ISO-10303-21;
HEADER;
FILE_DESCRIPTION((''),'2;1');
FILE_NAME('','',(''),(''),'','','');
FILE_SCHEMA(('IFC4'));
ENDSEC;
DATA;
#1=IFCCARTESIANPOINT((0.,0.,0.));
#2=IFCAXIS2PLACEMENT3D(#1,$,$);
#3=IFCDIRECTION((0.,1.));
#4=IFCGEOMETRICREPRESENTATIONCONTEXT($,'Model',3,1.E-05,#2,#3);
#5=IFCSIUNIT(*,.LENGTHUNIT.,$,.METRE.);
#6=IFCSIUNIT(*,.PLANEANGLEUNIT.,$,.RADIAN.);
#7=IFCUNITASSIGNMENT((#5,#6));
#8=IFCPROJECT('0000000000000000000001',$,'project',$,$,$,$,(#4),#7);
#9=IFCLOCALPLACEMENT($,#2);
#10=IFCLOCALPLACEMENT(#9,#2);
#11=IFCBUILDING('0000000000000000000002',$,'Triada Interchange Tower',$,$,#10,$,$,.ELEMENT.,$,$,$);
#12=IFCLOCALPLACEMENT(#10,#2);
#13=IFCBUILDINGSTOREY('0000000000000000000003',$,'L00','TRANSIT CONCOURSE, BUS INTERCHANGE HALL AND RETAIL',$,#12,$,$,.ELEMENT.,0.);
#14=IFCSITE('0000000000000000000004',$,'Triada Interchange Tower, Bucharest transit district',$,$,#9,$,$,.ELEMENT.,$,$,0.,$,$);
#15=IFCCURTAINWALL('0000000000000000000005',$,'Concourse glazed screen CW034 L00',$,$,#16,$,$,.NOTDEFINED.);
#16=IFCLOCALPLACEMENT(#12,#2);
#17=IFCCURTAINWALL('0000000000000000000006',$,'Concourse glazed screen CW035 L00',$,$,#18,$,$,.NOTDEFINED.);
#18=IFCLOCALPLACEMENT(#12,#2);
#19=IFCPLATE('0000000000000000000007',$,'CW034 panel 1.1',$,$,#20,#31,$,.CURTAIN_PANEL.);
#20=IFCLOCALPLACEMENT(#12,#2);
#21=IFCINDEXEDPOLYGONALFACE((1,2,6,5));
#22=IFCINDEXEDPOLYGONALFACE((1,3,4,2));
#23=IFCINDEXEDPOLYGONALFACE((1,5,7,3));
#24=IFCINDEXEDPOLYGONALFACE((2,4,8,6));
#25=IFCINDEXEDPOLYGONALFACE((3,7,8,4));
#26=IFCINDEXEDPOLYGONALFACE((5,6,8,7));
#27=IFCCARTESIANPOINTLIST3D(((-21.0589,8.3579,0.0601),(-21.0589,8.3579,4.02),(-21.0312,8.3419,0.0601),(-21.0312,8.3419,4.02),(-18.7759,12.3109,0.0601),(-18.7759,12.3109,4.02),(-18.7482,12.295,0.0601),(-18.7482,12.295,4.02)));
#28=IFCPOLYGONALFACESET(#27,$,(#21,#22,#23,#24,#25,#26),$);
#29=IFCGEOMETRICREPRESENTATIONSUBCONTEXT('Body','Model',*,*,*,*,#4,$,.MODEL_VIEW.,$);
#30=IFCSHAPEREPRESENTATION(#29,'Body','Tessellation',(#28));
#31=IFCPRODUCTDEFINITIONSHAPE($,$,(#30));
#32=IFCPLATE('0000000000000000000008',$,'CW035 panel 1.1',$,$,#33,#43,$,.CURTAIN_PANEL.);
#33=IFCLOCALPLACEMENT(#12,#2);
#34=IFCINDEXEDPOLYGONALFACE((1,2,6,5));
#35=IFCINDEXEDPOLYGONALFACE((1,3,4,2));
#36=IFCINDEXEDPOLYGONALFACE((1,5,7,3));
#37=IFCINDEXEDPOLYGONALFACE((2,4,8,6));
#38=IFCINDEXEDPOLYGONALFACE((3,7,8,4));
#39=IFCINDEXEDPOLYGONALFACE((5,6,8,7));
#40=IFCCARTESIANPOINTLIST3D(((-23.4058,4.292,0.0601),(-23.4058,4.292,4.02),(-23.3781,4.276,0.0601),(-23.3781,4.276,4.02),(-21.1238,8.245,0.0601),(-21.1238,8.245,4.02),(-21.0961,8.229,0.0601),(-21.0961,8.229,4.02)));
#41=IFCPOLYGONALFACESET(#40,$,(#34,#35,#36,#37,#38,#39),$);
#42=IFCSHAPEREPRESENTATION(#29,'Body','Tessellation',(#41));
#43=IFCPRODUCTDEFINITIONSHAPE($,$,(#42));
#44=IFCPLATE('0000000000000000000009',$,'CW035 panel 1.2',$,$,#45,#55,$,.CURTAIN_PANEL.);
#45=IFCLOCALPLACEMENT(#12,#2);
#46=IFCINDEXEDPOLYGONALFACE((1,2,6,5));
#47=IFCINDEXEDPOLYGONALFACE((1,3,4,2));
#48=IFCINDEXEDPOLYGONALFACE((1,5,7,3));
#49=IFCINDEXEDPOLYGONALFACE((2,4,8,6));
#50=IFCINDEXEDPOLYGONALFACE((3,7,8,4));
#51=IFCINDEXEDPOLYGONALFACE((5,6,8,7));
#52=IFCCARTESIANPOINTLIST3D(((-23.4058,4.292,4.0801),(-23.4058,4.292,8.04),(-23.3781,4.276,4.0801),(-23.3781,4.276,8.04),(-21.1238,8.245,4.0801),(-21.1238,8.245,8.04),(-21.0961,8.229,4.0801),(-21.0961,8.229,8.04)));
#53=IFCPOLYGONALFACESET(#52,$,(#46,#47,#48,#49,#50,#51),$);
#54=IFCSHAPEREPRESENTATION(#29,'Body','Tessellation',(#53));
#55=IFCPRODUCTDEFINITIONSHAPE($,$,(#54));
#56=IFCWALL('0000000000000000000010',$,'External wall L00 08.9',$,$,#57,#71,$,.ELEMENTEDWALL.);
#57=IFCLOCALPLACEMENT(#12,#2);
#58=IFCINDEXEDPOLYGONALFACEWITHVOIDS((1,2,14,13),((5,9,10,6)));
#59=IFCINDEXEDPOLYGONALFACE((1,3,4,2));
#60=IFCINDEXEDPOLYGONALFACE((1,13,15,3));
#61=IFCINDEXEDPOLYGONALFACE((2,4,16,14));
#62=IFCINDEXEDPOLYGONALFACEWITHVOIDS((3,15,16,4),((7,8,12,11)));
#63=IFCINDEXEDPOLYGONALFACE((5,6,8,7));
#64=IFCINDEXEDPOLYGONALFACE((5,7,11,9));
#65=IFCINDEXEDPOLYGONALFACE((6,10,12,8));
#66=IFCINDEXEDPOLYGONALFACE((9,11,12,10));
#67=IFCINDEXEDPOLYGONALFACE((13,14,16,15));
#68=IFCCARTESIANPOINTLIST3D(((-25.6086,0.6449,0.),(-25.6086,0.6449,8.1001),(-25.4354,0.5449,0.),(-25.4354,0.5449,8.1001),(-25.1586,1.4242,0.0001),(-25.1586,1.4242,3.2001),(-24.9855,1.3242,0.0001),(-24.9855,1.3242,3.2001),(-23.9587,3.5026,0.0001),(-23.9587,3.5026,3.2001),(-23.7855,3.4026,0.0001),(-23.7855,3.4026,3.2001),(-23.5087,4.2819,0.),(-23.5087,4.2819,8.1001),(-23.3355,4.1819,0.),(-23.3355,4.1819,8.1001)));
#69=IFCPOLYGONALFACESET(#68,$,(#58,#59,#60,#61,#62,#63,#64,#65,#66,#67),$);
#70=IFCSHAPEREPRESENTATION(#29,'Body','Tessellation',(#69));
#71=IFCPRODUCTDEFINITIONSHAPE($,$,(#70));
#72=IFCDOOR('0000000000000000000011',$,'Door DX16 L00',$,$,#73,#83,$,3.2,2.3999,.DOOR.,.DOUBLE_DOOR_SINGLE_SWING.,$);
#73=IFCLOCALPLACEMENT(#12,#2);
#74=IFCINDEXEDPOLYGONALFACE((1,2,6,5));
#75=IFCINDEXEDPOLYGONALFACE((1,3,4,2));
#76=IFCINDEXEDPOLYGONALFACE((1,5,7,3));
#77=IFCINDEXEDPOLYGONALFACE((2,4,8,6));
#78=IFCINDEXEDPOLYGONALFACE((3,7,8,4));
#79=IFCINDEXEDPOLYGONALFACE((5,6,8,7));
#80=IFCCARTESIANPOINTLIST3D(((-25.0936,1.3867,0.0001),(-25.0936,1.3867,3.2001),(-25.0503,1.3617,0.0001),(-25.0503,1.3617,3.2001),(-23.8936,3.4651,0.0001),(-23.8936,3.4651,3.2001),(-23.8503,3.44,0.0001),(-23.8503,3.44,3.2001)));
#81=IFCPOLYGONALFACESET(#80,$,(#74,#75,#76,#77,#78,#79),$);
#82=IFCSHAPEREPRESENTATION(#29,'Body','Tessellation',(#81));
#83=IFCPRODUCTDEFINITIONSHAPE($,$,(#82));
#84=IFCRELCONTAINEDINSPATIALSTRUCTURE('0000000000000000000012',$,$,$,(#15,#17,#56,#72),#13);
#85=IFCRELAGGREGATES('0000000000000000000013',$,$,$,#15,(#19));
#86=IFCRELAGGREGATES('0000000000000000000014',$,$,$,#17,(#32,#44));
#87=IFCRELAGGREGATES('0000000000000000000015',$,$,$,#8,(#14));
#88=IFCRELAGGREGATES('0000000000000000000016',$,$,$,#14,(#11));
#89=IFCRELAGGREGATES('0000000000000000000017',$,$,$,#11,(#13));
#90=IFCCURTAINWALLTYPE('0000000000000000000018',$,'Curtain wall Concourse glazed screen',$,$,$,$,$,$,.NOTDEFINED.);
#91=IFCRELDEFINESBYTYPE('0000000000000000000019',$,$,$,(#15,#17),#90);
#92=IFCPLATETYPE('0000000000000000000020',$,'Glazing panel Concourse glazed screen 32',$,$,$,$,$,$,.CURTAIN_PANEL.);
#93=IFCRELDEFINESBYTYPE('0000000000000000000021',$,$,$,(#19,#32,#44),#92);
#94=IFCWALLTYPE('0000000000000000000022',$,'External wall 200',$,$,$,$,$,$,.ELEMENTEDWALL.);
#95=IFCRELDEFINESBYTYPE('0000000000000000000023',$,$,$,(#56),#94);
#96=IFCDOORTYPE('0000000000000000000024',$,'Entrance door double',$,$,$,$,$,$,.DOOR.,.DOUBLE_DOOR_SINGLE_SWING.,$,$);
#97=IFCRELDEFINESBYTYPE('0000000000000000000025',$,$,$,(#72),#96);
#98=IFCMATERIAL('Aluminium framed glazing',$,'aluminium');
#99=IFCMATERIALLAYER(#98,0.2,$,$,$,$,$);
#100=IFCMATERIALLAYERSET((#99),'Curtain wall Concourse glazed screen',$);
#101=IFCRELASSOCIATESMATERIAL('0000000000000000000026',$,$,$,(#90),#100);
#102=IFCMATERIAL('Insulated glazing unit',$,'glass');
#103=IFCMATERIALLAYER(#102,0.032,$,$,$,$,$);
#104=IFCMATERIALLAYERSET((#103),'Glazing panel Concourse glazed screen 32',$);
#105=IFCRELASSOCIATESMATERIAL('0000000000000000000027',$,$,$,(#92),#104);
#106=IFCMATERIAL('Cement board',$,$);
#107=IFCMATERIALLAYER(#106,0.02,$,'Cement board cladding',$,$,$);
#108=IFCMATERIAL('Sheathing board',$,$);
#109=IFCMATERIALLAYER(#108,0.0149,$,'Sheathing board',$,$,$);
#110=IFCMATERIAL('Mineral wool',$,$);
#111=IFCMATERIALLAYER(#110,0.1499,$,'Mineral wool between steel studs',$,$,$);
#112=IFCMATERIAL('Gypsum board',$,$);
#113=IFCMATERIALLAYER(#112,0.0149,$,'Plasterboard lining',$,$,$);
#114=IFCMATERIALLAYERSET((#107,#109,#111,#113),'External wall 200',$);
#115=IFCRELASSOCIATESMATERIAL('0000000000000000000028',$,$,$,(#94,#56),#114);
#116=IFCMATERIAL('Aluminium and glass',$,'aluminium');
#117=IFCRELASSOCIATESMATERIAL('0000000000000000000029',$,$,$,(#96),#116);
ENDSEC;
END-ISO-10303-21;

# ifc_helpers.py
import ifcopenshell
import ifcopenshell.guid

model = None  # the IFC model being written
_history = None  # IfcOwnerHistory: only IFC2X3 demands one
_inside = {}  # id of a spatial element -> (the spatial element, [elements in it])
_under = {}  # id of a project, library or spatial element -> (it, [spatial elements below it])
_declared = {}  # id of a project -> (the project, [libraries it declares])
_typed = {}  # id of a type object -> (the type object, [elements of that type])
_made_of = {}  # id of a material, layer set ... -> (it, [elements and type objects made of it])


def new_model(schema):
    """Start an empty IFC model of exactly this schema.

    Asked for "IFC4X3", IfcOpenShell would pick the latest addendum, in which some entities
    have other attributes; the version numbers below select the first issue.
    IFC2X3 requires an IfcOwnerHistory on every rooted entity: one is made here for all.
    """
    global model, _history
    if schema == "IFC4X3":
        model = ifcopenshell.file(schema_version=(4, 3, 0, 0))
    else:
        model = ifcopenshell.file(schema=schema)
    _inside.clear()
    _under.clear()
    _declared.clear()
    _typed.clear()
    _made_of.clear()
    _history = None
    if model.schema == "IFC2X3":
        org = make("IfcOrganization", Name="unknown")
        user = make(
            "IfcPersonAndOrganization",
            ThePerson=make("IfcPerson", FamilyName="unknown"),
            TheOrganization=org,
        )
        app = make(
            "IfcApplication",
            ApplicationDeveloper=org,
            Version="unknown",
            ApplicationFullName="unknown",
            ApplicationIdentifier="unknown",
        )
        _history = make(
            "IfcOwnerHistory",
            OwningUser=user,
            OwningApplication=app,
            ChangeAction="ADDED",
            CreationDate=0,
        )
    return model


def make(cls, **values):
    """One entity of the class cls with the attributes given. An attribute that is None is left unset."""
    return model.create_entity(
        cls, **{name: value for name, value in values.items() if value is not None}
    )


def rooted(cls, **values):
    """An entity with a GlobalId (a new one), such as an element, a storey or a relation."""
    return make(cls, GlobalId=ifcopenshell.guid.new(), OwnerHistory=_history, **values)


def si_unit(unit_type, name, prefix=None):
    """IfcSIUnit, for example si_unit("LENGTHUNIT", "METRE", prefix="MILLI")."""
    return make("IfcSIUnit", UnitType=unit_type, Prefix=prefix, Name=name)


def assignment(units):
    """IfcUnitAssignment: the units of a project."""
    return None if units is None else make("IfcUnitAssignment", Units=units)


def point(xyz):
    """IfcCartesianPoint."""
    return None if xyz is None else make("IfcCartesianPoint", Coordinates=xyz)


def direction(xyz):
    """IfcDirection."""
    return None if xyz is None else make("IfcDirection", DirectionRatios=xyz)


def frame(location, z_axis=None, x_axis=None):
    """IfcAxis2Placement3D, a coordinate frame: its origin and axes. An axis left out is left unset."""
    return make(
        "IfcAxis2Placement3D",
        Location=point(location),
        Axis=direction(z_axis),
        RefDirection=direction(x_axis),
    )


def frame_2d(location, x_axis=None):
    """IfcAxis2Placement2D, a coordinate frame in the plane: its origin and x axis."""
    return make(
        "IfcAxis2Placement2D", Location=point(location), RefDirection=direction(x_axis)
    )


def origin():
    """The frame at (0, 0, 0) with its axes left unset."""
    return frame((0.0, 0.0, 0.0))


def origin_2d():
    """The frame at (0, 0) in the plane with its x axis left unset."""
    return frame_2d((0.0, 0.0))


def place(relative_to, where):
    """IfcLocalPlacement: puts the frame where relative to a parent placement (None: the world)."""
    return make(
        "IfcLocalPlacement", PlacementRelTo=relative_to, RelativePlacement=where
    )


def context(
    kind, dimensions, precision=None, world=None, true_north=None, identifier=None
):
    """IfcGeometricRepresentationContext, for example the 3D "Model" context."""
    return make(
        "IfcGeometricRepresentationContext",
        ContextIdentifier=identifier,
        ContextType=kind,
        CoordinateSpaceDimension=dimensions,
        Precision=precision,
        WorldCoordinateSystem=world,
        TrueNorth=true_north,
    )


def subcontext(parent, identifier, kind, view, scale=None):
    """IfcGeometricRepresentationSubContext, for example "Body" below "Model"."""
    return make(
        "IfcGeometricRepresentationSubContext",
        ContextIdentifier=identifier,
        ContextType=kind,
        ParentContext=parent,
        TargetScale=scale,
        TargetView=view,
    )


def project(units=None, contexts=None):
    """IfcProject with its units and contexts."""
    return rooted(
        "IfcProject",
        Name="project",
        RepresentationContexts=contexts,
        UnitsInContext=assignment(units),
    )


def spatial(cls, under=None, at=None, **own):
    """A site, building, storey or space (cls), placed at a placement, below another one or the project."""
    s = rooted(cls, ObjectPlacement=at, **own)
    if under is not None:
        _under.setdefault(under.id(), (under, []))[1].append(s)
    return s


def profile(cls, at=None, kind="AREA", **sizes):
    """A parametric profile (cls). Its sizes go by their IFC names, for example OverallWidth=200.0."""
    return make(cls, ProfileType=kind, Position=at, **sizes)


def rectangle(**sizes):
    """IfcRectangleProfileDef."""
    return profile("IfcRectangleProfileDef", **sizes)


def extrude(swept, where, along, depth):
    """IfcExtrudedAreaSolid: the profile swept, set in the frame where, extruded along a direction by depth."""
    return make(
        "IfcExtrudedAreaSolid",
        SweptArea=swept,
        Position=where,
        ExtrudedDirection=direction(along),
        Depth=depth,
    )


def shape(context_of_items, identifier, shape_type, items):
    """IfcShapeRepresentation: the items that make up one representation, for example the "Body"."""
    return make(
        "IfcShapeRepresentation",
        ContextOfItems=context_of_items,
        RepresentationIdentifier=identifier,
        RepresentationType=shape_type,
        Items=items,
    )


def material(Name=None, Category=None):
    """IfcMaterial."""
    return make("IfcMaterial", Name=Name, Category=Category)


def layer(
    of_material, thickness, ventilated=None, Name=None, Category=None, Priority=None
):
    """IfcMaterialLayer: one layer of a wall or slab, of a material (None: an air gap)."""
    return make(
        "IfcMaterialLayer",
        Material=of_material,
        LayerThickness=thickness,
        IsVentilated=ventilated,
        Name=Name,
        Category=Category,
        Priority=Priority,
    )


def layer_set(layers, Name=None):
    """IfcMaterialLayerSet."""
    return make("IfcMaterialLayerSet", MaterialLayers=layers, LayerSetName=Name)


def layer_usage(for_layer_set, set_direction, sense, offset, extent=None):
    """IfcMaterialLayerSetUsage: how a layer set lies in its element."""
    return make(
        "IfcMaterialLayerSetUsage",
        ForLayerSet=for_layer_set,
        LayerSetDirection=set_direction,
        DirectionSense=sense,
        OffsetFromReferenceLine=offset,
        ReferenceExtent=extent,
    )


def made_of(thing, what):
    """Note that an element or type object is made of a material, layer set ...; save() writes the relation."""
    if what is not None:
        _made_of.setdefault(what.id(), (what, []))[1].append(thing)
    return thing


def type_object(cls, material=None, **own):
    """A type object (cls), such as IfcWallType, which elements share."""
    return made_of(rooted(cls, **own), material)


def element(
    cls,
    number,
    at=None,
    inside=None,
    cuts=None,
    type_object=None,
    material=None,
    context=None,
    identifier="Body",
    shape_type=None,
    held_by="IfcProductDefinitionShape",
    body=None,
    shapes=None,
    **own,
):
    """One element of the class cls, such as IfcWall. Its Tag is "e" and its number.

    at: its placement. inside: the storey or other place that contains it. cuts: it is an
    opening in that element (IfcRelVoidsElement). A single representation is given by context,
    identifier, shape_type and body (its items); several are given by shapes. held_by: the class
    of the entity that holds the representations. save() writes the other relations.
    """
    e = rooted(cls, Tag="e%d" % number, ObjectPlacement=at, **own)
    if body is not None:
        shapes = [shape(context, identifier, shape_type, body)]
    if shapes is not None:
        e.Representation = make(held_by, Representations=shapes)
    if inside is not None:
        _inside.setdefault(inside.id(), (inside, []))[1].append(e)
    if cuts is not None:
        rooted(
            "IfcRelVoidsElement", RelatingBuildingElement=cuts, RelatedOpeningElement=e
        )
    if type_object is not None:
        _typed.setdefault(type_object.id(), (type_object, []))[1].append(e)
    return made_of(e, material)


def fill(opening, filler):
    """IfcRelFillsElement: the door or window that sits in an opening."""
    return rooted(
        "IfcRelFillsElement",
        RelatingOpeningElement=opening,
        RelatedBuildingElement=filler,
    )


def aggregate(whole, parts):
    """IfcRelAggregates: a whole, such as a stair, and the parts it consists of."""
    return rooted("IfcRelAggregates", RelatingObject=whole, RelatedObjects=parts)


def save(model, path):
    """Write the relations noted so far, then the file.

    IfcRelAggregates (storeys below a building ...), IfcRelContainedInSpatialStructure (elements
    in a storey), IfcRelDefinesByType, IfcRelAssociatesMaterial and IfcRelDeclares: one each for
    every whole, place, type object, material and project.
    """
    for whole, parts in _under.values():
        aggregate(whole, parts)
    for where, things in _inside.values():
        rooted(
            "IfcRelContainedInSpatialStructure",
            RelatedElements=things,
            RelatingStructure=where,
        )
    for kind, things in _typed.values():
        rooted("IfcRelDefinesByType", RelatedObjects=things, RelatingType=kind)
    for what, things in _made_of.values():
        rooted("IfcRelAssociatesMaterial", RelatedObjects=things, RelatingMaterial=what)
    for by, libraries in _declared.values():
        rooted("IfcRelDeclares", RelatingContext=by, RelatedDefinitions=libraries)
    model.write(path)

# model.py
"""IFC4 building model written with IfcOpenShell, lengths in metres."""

from ifc_helpers import new_model, si_unit, direction, frame, frame_2d, origin, origin_2d, place, context, subcontext, project, spatial, rectangle, extrude, material, layer, layer_set, layer_usage, type_object, element, fill, aggregate, save


model = new_model("IFC4")

# Units and contexts
model_context = context("Model", 3, precision=1e-05, world=origin(), true_north=direction((0.0, 1.0)))
body_context = subcontext(model_context, "Body", "Model", "MODEL_VIEW")
ifc_project = project(units=[si_unit("LENGTHUNIT", "METRE"), si_unit("PLANEANGLEUNIT", "RADIAN")], contexts=[model_context])

# Site, building, storey
site_placement = place(None, origin())
site = spatial("IfcSite", under=ifc_project, at=site_placement, Name="Triada Interchange Tower, Bucharest transit district", CompositionType="ELEMENT", RefElevation=0.0)
building_placement = place(site_placement, origin())
building = spatial("IfcBuilding", under=site, at=building_placement, Name="Triada Interchange Tower", CompositionType="ELEMENT")
storey_placement = place(building_placement, origin())
storey = spatial("IfcBuildingStorey", under=building, at=storey_placement, Name="L00", Description="TRANSIT CONCOURSE, BUS INTERCHANGE HALL AND RETAIL", CompositionType="ELEMENT", Elevation=0.0)

# Curtain wall
ifc_material_1 = material(Name="Aluminium framed glazing", Category="aluminium")
ifc_layer_1 = layer(ifc_material_1, 0.2)
ifc_layer_set_1 = layer_set([ifc_layer_1], Name="Curtain wall Concourse glazed screen")
curtain_wall_type = type_object("IfcCurtainWallType", Name="Curtain wall Concourse glazed screen", PredefinedType="NOTDEFINED", material=ifc_layer_set_1)
curtain_wall_1_placement = place(storey_placement, origin())
curtain_wall_1 = element("IfcCurtainWall", 1, at=curtain_wall_1_placement, inside=storey, type_object=curtain_wall_type, Name="Concourse glazed screen CW034 L00", PredefinedType="NOTDEFINED")

# Curtain wall
curtain_wall_2_placement = place(storey_placement, origin())
curtain_wall_2 = element("IfcCurtainWall", 2, at=curtain_wall_2_placement, inside=storey, type_object=curtain_wall_type, Name="Concourse glazed screen CW035 L00", PredefinedType="NOTDEFINED")

# Plates
ifc_material_2 = material(Name="Insulated glazing unit", Category="glass")
ifc_layer_2 = layer(ifc_material_2, 0.032)
ifc_layer_set_2 = layer_set([ifc_layer_2], Name="Glazing panel Concourse glazed screen 32")
plate_type = type_object("IfcPlateType", Name="Glazing panel Concourse glazed screen 32", PredefinedType="CURTAIN_PANEL", material=ifc_layer_set_2)
plate_1_placement = place(storey_placement, frame((-19.9036, 10.3264, 0.0601), z_axis=(0.0, 0.0, 1.0), x_axis=(-0.50011, -0.865962, 0.0)))
plate_1 = element("IfcPlate", 3, at=plate_1_placement, type_object=plate_type, Name="CW034 panel 1.1", PredefinedType="CURTAIN_PANEL", context=body_context, shape_type="SweptSolid", body=[
    extrude(rectangle(XDim=4.5649, YDim=0.032, at=origin_2d()), origin(), (0.0, 0.0, 1.0), 3.96),
])
aggregate(curtain_wall_1, [plate_1])
plate_2_placement = place(storey_placement, frame((-22.251, 6.2605, 0.0601), z_axis=(0.0, 0.0, 1.0), x_axis=(-0.49995, -0.866054, 0.0)))
plate_2 = element("IfcPlate", 4, at=plate_2_placement, type_object=plate_type, Name="CW035 panel 1.1", PredefinedType="CURTAIN_PANEL", context=body_context, shape_type="SweptSolid", body=[
    extrude(rectangle(XDim=4.5645, YDim=0.032, at=origin_2d()), origin(), (0.0, 0.0, 1.0), 3.96),
])
plate_3_placement = place(storey_placement, frame((-22.251, 6.2605, 4.0801), z_axis=(0.0, 0.0, 1.0), x_axis=(-0.49995, -0.866054, 0.0)))
plate_3 = element("IfcPlate", 5, at=plate_3_placement, type_object=plate_type, Name="CW035 panel 1.2", PredefinedType="CURTAIN_PANEL", context=body_context, shape_type="SweptSolid", body=[
    extrude(rectangle(XDim=4.5645, YDim=0.032, at=origin_2d()), origin(), (0.0, 0.0, 1.0), 3.96),
])
aggregate(curtain_wall_2, [plate_2, plate_3])

# Wall, opening, door
ifc_material_3 = material(Name="Cement board")
ifc_layer_3 = layer(ifc_material_3, 0.02, Name="Cement board cladding")
ifc_material_4 = material(Name="Sheathing board")
ifc_layer_4 = layer(ifc_material_4, 0.0149, Name="Sheathing board")
ifc_material_5 = material(Name="Mineral wool")
ifc_layer_5 = layer(ifc_material_5, 0.1499, Name="Mineral wool between steel studs")
ifc_material_6 = material(Name="Gypsum board")
ifc_layer_6 = layer(ifc_material_6, 0.0149, Name="Plasterboard lining")
ifc_layer_set_3 = layer_set([ifc_layer_3, ifc_layer_4, ifc_layer_5, ifc_layer_6], Name="External wall 200")
ifc_layer_usage = layer_usage(ifc_layer_set_3, "AXIS2", "POSITIVE", -0.1001)
wall_type = type_object("IfcWallType", Name="External wall 200", PredefinedType="ELEMENTEDWALL", material=ifc_layer_set_3)
wall_placement = place(storey_placement, frame((-23.4221, 4.2319, 0.0), z_axis=(0.0, 0.0, 1.0), x_axis=(-0.500009, -0.86602, 0.0)))
wall = element("IfcWall", 6, at=wall_placement, inside=storey, type_object=wall_type, material=ifc_layer_usage, Name="External wall L00 08.9", PredefinedType="ELEMENTEDWALL", context=body_context, shape_type="SweptSolid", body=[
    extrude(rectangle(XDim=4.1997, YDim=0.2, at=frame_2d((2.0999, 0.0))), origin(), (0.0, 0.0, 1.0), 8.1001),
])
opening_placement = place(wall_placement, frame((0.8999, 0.0, 0.0)))
opening = element("IfcOpeningElement", 7, at=opening_placement, cuts=wall, PredefinedType="OPENING", context=body_context, shape_type="SweptSolid", body=[
    extrude(rectangle(XDim=2.3999, YDim=3.2, at=frame_2d((1.2, 1.6001))), frame((0.0, 0.1099, 0.0), z_axis=(0.0, -1.0, 0.0), x_axis=(1.0, 0.0, 0.0)), (0.0, 0.0, 1.0), 0.22),
])
ifc_material_7 = material(Name="Aluminium and glass", Category="aluminium")
door_type = type_object("IfcDoorType", Name="Entrance door double", OperationType="DOUBLE_DOOR_SINGLE_SWING", PredefinedType="DOOR", material=ifc_material_7)
door_placement = place(opening_placement, frame((2.3999, 0.0, 0.0), z_axis=(0.0, 0.0, 1.0), x_axis=(-1.0, 0.0, 0.0)))
door = element("IfcDoor", 8, at=door_placement, inside=storey, type_object=door_type, Name="Door DX16 L00", OperationType="DOUBLE_DOOR_SINGLE_SWING", OverallHeight=3.2, OverallWidth=2.3999, PredefinedType="DOOR", context=body_context, shape_type="SweptSolid", body=[
    extrude(rectangle(XDim=2.3999, YDim=3.2, at=frame_2d((1.2, 1.6001))), frame((0.0, 0.0249, 0.0), z_axis=(0.0, -1.0, 0.0), x_axis=(1.0, 0.0, 0.0)), (0.0, 0.0, 1.0), 0.05),
])
fill(opening, door)

save(model, "model.ifc")
